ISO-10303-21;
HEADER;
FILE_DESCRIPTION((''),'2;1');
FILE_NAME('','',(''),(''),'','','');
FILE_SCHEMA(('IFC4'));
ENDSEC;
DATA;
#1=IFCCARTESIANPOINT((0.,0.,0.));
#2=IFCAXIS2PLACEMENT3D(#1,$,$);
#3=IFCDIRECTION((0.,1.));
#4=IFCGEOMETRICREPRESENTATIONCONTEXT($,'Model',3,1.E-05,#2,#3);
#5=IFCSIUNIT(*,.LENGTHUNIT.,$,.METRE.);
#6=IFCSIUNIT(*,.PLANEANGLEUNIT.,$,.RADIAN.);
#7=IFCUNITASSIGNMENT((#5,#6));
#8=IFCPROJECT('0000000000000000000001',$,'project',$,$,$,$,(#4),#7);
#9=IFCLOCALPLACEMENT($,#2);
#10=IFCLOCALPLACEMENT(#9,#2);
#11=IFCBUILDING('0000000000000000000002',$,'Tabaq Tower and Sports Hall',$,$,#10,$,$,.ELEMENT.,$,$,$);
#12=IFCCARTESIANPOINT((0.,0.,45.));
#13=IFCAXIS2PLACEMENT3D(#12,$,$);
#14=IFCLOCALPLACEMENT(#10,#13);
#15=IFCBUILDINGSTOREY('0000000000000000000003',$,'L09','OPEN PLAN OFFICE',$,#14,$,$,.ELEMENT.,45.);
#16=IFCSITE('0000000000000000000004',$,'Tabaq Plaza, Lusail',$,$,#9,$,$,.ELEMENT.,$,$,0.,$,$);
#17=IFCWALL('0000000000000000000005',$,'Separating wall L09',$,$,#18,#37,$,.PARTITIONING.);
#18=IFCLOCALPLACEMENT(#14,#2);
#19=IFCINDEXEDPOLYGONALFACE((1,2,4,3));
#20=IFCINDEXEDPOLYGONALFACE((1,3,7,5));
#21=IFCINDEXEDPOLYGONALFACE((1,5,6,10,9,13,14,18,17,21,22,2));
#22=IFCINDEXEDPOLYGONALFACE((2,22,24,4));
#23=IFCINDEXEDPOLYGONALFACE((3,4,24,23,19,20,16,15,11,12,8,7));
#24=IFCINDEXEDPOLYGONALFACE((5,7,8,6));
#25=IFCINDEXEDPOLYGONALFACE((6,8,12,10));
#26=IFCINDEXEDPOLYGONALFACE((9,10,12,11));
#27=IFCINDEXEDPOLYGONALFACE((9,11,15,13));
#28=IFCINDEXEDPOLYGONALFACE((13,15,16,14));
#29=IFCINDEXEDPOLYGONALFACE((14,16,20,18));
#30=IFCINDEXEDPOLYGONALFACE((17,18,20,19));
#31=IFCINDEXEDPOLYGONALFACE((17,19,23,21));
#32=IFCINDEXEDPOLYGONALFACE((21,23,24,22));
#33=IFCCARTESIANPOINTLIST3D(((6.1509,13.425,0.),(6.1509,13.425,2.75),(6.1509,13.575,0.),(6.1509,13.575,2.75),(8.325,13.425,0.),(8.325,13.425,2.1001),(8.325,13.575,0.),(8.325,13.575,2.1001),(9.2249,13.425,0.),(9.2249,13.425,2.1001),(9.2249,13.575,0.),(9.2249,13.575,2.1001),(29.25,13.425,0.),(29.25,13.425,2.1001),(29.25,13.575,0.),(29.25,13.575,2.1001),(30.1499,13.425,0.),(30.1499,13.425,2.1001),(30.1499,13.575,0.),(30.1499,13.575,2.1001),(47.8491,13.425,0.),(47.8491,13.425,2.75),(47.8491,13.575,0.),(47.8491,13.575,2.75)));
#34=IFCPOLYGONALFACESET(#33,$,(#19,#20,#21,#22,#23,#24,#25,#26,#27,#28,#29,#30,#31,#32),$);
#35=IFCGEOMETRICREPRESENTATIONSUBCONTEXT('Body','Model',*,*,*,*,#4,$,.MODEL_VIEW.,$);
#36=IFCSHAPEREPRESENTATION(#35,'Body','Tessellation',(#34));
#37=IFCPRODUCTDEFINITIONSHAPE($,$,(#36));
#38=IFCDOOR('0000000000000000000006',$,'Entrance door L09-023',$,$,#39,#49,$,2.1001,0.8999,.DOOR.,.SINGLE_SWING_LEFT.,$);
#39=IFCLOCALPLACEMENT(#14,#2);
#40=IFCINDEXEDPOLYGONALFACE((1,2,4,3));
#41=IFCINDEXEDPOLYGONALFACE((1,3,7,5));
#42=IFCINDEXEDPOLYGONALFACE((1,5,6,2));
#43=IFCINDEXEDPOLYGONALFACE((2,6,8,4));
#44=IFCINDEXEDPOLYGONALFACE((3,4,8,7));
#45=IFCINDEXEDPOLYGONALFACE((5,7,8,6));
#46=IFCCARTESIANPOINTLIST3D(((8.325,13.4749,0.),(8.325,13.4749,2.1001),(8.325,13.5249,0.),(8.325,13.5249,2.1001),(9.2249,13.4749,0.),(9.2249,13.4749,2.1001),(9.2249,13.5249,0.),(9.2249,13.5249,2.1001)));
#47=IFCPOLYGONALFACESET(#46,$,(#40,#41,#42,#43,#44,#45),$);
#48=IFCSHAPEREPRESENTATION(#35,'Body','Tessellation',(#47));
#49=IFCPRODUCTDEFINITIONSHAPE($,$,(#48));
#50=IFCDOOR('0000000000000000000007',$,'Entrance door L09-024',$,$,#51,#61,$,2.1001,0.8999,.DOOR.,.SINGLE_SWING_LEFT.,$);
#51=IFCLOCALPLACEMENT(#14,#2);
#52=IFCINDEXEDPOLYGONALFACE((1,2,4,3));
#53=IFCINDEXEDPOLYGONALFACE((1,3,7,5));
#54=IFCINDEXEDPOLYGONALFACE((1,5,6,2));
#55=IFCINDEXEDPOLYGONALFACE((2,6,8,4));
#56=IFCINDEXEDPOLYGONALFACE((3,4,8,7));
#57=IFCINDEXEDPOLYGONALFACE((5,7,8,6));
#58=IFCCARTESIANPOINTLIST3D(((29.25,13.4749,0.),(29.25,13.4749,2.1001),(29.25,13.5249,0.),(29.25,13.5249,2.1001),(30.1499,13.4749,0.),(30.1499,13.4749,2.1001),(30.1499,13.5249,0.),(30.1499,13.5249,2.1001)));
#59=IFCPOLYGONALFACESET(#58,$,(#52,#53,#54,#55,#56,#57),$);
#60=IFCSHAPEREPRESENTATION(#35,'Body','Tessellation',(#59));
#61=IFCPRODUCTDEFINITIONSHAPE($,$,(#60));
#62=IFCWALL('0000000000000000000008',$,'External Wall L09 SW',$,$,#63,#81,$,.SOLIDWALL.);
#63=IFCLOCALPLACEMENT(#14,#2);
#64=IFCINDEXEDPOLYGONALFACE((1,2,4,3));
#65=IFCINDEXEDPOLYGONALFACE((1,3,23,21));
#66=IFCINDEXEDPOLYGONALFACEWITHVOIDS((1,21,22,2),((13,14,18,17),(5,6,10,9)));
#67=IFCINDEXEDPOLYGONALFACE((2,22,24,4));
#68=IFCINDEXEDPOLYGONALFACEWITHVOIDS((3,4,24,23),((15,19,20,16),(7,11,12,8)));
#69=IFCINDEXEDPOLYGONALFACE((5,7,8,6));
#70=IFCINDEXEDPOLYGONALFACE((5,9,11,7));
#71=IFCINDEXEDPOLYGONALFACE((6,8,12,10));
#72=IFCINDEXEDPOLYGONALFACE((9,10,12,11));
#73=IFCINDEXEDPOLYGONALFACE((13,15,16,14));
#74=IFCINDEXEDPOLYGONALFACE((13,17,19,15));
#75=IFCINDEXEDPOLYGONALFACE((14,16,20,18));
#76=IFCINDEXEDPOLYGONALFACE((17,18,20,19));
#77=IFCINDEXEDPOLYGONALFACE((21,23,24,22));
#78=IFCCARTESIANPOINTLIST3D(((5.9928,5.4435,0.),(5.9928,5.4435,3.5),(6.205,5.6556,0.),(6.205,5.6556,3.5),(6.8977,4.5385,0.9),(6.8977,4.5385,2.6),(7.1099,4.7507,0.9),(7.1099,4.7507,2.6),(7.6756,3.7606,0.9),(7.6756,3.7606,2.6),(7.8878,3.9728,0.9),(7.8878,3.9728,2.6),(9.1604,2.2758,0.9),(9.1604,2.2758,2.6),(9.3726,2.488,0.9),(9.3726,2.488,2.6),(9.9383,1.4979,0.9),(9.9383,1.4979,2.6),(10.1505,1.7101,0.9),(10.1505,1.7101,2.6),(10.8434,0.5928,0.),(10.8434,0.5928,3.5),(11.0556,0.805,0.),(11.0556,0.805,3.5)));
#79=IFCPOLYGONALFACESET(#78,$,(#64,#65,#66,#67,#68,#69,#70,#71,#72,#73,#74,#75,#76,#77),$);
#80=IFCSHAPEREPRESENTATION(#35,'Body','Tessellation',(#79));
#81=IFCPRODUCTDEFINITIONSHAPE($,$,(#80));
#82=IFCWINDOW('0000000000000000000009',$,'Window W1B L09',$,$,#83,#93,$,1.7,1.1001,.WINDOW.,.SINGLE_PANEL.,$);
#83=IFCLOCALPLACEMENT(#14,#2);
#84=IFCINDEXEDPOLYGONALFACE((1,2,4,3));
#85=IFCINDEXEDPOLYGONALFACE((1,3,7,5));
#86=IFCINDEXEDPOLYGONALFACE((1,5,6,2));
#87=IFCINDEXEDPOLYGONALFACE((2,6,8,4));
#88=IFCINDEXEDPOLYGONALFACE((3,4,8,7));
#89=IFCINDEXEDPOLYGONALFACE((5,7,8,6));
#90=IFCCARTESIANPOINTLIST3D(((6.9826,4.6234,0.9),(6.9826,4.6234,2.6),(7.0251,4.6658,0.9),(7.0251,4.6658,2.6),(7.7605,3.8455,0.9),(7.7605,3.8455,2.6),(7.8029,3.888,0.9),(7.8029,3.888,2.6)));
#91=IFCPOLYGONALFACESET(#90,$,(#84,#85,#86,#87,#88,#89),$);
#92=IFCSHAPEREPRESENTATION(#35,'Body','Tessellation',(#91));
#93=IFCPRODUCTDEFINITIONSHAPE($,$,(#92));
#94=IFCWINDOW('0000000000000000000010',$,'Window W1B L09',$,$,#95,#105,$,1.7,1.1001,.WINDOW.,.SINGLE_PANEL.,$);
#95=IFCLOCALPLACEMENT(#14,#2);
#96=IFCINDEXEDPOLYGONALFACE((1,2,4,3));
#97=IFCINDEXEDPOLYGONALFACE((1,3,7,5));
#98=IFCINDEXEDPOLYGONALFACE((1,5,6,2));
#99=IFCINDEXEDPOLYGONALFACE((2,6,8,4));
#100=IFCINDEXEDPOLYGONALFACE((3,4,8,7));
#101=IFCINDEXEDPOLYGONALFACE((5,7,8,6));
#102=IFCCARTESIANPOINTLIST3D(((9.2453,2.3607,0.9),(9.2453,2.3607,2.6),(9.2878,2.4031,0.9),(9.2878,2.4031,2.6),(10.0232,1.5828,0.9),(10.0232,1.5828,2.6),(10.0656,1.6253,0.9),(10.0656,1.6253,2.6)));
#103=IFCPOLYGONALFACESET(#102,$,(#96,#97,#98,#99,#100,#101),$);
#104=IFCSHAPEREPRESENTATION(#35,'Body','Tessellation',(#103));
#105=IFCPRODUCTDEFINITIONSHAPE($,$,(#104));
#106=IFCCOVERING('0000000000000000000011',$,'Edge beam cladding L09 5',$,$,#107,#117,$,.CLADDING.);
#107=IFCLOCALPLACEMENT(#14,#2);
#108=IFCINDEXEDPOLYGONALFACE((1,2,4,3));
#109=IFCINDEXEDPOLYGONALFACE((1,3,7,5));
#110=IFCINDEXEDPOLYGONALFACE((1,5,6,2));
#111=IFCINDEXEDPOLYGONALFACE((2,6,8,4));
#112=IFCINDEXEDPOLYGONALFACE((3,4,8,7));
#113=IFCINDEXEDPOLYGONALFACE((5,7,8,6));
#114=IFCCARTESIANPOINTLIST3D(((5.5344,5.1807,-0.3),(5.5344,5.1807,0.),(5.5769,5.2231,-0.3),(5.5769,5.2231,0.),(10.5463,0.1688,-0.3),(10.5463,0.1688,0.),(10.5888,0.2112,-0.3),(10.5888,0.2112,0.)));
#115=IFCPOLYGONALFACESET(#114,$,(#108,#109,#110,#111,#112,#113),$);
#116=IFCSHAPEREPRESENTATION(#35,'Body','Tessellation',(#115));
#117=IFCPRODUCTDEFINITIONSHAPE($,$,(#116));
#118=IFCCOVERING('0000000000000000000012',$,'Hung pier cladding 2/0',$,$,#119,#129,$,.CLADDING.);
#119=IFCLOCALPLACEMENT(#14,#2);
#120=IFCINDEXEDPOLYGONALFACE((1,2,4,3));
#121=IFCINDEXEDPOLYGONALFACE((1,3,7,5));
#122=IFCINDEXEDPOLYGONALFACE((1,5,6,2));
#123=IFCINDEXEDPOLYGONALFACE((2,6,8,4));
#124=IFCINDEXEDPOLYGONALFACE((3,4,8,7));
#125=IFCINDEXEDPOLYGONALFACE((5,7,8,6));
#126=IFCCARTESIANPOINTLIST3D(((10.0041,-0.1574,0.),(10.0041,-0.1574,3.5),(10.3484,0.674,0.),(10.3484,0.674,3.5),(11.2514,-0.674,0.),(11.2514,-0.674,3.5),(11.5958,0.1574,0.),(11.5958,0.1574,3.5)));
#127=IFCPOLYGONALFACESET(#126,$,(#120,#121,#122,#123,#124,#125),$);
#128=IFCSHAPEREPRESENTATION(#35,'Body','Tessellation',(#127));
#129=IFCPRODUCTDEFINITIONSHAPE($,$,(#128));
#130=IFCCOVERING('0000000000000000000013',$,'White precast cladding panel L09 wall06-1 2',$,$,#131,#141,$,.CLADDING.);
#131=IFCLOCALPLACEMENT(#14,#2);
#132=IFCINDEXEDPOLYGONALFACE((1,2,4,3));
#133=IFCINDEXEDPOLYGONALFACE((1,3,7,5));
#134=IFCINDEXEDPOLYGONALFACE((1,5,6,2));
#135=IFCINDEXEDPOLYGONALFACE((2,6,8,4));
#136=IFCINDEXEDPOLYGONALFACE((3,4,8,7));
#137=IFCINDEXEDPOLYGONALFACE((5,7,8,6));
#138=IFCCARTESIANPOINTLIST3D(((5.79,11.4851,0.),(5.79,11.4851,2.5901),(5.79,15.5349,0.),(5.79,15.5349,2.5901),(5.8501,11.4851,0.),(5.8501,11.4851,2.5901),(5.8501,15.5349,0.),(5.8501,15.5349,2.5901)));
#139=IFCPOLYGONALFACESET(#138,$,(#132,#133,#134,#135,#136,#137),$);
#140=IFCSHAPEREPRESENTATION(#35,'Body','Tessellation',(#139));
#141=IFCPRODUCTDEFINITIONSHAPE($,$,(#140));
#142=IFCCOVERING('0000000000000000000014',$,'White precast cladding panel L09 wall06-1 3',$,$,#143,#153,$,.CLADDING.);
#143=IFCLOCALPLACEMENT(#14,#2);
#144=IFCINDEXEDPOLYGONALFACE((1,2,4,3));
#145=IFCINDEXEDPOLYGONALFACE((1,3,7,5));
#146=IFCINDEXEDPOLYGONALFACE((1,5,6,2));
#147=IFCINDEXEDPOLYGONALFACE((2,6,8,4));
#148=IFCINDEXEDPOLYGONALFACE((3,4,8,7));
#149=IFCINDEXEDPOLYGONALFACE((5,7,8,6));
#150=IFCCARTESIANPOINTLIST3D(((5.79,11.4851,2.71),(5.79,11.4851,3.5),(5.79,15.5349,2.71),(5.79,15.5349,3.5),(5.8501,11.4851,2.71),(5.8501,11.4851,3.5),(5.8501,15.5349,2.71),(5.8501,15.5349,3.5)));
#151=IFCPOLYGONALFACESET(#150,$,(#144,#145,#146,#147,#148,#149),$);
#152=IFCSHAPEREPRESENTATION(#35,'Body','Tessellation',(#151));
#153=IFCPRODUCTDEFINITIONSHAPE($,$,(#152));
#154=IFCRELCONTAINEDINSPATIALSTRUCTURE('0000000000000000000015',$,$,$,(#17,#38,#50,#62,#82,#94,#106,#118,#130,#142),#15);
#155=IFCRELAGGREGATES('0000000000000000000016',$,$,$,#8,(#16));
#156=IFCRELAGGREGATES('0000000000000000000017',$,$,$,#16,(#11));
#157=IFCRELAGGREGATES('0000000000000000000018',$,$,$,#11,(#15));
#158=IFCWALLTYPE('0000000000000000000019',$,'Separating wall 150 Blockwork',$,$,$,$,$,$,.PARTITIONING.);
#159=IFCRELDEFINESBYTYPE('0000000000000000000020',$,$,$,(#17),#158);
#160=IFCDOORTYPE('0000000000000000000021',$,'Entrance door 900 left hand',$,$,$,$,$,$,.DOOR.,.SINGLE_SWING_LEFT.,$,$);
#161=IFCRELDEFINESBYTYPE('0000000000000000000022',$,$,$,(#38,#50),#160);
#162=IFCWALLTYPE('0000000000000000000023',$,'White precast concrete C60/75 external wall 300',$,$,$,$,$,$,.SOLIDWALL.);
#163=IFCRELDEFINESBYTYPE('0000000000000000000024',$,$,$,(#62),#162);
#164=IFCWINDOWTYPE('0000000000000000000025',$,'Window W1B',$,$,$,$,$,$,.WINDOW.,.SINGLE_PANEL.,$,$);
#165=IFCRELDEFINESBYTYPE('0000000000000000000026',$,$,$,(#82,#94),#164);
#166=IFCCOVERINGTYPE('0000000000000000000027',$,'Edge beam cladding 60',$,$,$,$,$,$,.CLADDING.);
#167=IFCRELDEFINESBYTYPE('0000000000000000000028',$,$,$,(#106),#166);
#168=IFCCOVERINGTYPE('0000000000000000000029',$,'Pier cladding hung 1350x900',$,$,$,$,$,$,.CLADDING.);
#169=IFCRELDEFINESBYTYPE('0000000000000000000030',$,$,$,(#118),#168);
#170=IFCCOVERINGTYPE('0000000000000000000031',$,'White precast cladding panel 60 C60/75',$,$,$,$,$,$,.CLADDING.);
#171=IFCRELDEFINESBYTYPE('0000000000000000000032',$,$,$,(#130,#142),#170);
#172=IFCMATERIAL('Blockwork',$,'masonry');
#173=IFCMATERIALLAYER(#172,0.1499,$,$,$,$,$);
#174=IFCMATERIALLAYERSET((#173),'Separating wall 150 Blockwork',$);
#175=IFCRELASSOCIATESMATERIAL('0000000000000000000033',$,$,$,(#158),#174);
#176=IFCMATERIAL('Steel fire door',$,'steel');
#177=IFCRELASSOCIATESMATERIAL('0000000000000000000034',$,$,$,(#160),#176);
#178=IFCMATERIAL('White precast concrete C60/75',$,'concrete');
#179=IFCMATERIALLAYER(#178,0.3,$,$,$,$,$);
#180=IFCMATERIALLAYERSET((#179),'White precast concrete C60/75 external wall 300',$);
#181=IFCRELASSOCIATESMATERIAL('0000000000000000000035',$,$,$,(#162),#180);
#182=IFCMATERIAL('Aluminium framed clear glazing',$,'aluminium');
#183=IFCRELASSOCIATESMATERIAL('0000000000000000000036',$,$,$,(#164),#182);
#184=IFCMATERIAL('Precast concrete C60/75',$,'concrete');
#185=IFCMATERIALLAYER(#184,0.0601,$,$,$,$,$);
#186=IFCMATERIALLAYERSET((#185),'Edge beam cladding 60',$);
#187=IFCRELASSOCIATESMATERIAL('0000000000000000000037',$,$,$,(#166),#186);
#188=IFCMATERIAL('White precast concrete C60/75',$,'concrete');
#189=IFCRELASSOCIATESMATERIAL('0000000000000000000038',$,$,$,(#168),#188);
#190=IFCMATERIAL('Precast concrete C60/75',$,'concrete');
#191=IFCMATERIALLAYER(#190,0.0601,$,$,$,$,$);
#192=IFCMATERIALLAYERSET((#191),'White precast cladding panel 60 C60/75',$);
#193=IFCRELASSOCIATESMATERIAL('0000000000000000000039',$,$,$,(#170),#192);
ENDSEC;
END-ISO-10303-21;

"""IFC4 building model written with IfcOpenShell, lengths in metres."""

from ifc_helpers import new_model, si_unit, direction, frame, frame_2d, origin, place, context, subcontext, project, spatial, rectangle, extrude, material, layer, layer_set, type_object, element, fill, save


model = new_model("IFC4")

# Units and contexts
model_context = context("Model", 3, precision=1e-05, world=origin(), true_north=direction((0.0, 1.0)))
body_context = subcontext(model_context, "Body", "Model", "MODEL_VIEW")
ifc_project = project(units=[si_unit("LENGTHUNIT", "METRE"), si_unit("PLANEANGLEUNIT", "RADIAN")], contexts=[model_context])

# Site, building, storey
site_placement = place(None, origin())
site = spatial("IfcSite", under=ifc_project, at=site_placement, Name="Tabaq Plaza, Lusail", CompositionType="ELEMENT", RefElevation=0.0)
building_placement = place(site_placement, origin())
building = spatial("IfcBuilding", under=site, at=building_placement, Name="Tabaq Tower and Sports Hall", CompositionType="ELEMENT")
storey_placement = place(building_placement, frame((0.0, 0.0, 45.0)))
storey = spatial("IfcBuildingStorey", under=building, at=storey_placement, Name="L09", Description="OPEN PLAN OFFICE", CompositionType="ELEMENT", Elevation=45.0)

# Wall, openings, doors
ifc_material_1 = material(Name="Blockwork", Category="masonry")
ifc_layer_1 = layer(ifc_material_1, 0.1499)
ifc_layer_set_1 = layer_set([ifc_layer_1], Name="Separating wall 150 Blockwork")
wall_type_1 = type_object("IfcWallType", Name="Separating wall 150 Blockwork", PredefinedType="PARTITIONING", material=ifc_layer_set_1)
wall_1_placement = place(storey_placement, frame((6.1509, 13.5, 0.0), z_axis=(0.0, 0.0, 1.0), x_axis=(1.0, 0.0, 0.0)))
wall_1 = element("IfcWall", 1, at=wall_1_placement, inside=storey, type_object=wall_type_1, Name="Separating wall L09", PredefinedType="PARTITIONING", context=body_context, shape_type="SweptSolid", body=[
    extrude(rectangle(XDim=41.6982, YDim=0.1499, at=frame_2d((20.8491, 0.0))), origin(), (0.0, 0.0, 1.0), 2.75),
])
opening_1_placement = place(wall_1_placement, frame((2.1741, 0.0, 0.0)))
opening_1 = element("IfcOpeningElement", 2, at=opening_1_placement, cuts=wall_1, PredefinedType="OPENING", context=body_context, shape_type="SweptSolid", body=[
    extrude(rectangle(XDim=0.8999, YDim=2.1001, at=frame_2d((0.45, 1.05))), frame((0.0, 0.075, 0.0), z_axis=(0.0, -1.0, 0.0), x_axis=(1.0, 0.0, 0.0)), (0.0, 0.0, 1.0), 0.1499),
])
opening_2_placement = place(wall_1_placement, frame((23.0991, 0.0, 0.0)))
opening_2 = element("IfcOpeningElement", 3, at=opening_2_placement, cuts=wall_1, PredefinedType="OPENING", context=body_context, shape_type="SweptSolid", body=[
    extrude(rectangle(XDim=0.8999, YDim=2.1001, at=frame_2d((0.45, 1.05))), frame((0.0, 0.075, 0.0), z_axis=(0.0, -1.0, 0.0), x_axis=(1.0, 0.0, 0.0)), (0.0, 0.0, 1.0), 0.1499),
])
ifc_material_2 = material(Name="Steel fire door", Category="steel")
door_type_1 = type_object("IfcDoorType", Name="Entrance door 900 left hand", OperationType="SINGLE_SWING_LEFT", PredefinedType="DOOR", material=ifc_material_2)
door_1_placement = place(opening_1_placement, origin())
door_1 = element("IfcDoor", 4, at=door_1_placement, inside=storey, type_object=door_type_1, Name="Entrance door L09-023", OperationType="SINGLE_SWING_LEFT", OverallHeight=2.1001, OverallWidth=0.8999, PredefinedType="DOOR", context=body_context, shape_type="SweptSolid", body=[
    extrude(rectangle(XDim=0.8999, YDim=2.1001, at=frame_2d((0.45, 1.05))), frame((0.0, 0.0249, 0.0), z_axis=(0.0, -1.0, 0.0), x_axis=(1.0, 0.0, 0.0)), (0.0, 0.0, 1.0), 0.05),
])
fill(opening_1, door_1)
door_2_placement = place(opening_2_placement, origin())
door_2 = element("IfcDoor", 5, at=door_2_placement, inside=storey, type_object=door_type_1, Name="Entrance door L09-024", OperationType="SINGLE_SWING_LEFT", OverallHeight=2.1001, OverallWidth=0.8999, PredefinedType="DOOR", context=body_context, shape_type="SweptSolid", body=[
    extrude(rectangle(XDim=0.8999, YDim=2.1001, at=frame_2d((0.45, 1.05))), frame((0.0, 0.0249, 0.0), z_axis=(0.0, -1.0, 0.0), x_axis=(1.0, 0.0, 0.0)), (0.0, 0.0, 1.0), 0.05),
])
fill(opening_2, door_2)

# Wall, openings, windows
ifc_material_3 = material(Name="White precast concrete C60/75", Category="concrete")
ifc_layer_2 = layer(ifc_material_3, 0.3)
ifc_layer_set_2 = layer_set([ifc_layer_2], Name="White precast concrete C60/75 external wall 300")
wall_type_2 = type_object("IfcWallType", Name="White precast concrete C60/75 external wall 300", PredefinedType="SOLIDWALL", material=ifc_layer_set_2)
wall_2_placement = place(storey_placement, frame((6.0989, 5.5496, 0.0), z_axis=(0.0, 0.0, 1.0), x_axis=(0.707107, -0.707107, 0.0)))
wall_2 = element("IfcWall", 6, at=wall_2_placement, inside=storey, type_object=wall_type_2, Name="External Wall L09 SW", PredefinedType="SOLIDWALL", context=body_context, shape_type="SweptSolid", body=[
    extrude(rectangle(XDim=6.8599, YDim=0.3, at=frame_2d((3.4299, 0.0))), origin(), (0.0, 0.0, 1.0), 3.5),
])
opening_3_placement = place(wall_2_placement, frame((1.2798, 0.0, 0.8999)))
opening_3 = element("IfcOpeningElement", 7, at=opening_3_placement, cuts=wall_2, PredefinedType="OPENING", context=body_context, shape_type="SweptSolid", body=[
    extrude(rectangle(XDim=1.1001, YDim=1.7, at=frame_2d((0.55, 0.8501))), frame((0.0, 0.1602, 0.0), z_axis=(0.0, -1.0, 0.0), x_axis=(1.0, 0.0, 0.0)), (0.0, 0.0, 1.0), 0.3201),
])
opening_4_placement = place(wall_2_placement, frame((4.4797, 0.0, 0.8999)))
opening_4 = element("IfcOpeningElement", 8, at=opening_4_placement, cuts=wall_2, PredefinedType="OPENING", context=body_context, shape_type="SweptSolid", body=[
    extrude(rectangle(XDim=1.1001, YDim=1.7, at=frame_2d((0.55, 0.8501))), frame((0.0, 0.1602, 0.0), z_axis=(0.0, -1.0, 0.0), x_axis=(1.0, 0.0, 0.0)), (0.0, 0.0, 1.0), 0.3201),
])
ifc_material_4 = material(Name="Aluminium framed clear glazing", Category="aluminium")
window_type = type_object("IfcWindowType", Name="Window W1B", PartitioningType="SINGLE_PANEL", PredefinedType="WINDOW", material=ifc_material_4)
window_1_placement = place(opening_3_placement, origin())
window_1 = element("IfcWindow", 9, at=window_1_placement, inside=storey, type_object=window_type, Name="Window W1B L09", OverallHeight=1.7, OverallWidth=1.1001, PartitioningType="SINGLE_PANEL", PredefinedType="WINDOW", context=body_context, shape_type="SweptSolid", body=[
    extrude(rectangle(XDim=1.1001, YDim=1.7, at=frame_2d((0.55, 0.8501))), frame((0.0, 0.03, 0.0), z_axis=(0.0, -1.0, 0.0), x_axis=(1.0, 0.0, 0.0)), (0.0, 0.0, 1.0), 0.0601),
])
fill(opening_3, window_1)
window_2_placement = place(opening_4_placement, origin())
window_2 = element("IfcWindow", 10, at=window_2_placement, inside=storey, type_object=window_type, Name="Window W1B L09", OverallHeight=1.7, OverallWidth=1.1001, PartitioningType="SINGLE_PANEL", PredefinedType="WINDOW", context=body_context, shape_type="SweptSolid", body=[
    extrude(rectangle(XDim=1.1001, YDim=1.7, at=frame_2d((0.55, 0.8501))), frame((0.0, 0.03, 0.0), z_axis=(0.0, -1.0, 0.0), x_axis=(1.0, 0.0, 0.0)), (0.0, 0.0, 1.0), 0.0601),
])
fill(opening_4, window_2)

# Coverings
ifc_material_5 = material(Name="Precast concrete C60/75", Category="concrete")
ifc_layer_3 = layer(ifc_material_5, 0.0601)
ifc_layer_set_3 = layer_set([ifc_layer_3], Name="Edge beam cladding 60")
covering_type_1 = type_object("IfcCoveringType", Name="Edge beam cladding 60", PredefinedType="CLADDING", material=ifc_layer_set_3)
covering_1_placement = place(storey_placement, frame((5.5557, 5.2019, -0.3), z_axis=(0.0, 0.0, 1.0), x_axis=(0.707107, -0.707107, 0.0)))
element("IfcCovering", 11, at=covering_1_placement, inside=storey, type_object=covering_type_1, Name="Edge beam cladding L09 5", PredefinedType="CLADDING", context=body_context, shape_type="SweptSolid", body=[
    extrude(rectangle(XDim=7.0879, YDim=0.0601, at=frame_2d((3.5439, 0.0))), origin(), (0.0, 0.0, 1.0), 0.3),
])
ifc_material_6 = material(Name="White precast concrete C60/75", Category="concrete")
covering_type_2 = type_object("IfcCoveringType", Name="Pier cladding hung 1350x900", PredefinedType="CLADDING", material=ifc_material_6)
covering_2_placement = place(storey_placement, frame((10.1763, 0.2583, 0.0), z_axis=(0.0, 0.0, 1.0), x_axis=(0.923893, -0.38265, 0.0)))
element("IfcCovering", 12, at=covering_2_placement, inside=storey, type_object=covering_type_2, Name="Hung pier cladding 2/0", PredefinedType="CLADDING", context=body_context, shape_type="SweptSolid", body=[
    extrude(rectangle(XDim=1.3501, YDim=0.8999, at=frame_2d((0.675, 0.0))), origin(), (0.0, 0.0, 1.0), 3.5),
])
ifc_material_7 = material(Name="Precast concrete C60/75", Category="concrete")
ifc_layer_4 = layer(ifc_material_7, 0.0601)
ifc_layer_set_4 = layer_set([ifc_layer_4], Name="White precast cladding panel 60 C60/75")
covering_type_3 = type_object("IfcCoveringType", Name="White precast cladding panel 60 C60/75", PredefinedType="CLADDING", material=ifc_layer_set_4)
covering_3_placement = place(storey_placement, frame((5.8201, 15.5349, 0.0), z_axis=(0.0, 0.0, 1.0), x_axis=(0.0, -1.0, 0.0)))
element("IfcCovering", 13, at=covering_3_placement, inside=storey, type_object=covering_type_3, Name="White precast cladding panel L09 wall06-1 2", PredefinedType="CLADDING", context=body_context, shape_type="SweptSolid", body=[
    extrude(rectangle(XDim=4.0498, YDim=0.0601, at=frame_2d((2.0249, 0.0))), origin(), (0.0, 0.0, 1.0), 2.5901),
])
covering_4_placement = place(storey_placement, frame((5.8201, 15.5349, 2.71), z_axis=(0.0, 0.0, 1.0), x_axis=(0.0, -1.0, 0.0)))
element("IfcCovering", 14, at=covering_4_placement, inside=storey, type_object=covering_type_3, Name="White precast cladding panel L09 wall06-1 3", PredefinedType="CLADDING", context=body_context, shape_type="SweptSolid", body=[
    extrude(rectangle(XDim=4.0498, YDim=0.0601, at=frame_2d((2.0249, 0.0))), origin(), (0.0, 0.0, 1.0), 0.79),
])

save(model, "model.ifc")
